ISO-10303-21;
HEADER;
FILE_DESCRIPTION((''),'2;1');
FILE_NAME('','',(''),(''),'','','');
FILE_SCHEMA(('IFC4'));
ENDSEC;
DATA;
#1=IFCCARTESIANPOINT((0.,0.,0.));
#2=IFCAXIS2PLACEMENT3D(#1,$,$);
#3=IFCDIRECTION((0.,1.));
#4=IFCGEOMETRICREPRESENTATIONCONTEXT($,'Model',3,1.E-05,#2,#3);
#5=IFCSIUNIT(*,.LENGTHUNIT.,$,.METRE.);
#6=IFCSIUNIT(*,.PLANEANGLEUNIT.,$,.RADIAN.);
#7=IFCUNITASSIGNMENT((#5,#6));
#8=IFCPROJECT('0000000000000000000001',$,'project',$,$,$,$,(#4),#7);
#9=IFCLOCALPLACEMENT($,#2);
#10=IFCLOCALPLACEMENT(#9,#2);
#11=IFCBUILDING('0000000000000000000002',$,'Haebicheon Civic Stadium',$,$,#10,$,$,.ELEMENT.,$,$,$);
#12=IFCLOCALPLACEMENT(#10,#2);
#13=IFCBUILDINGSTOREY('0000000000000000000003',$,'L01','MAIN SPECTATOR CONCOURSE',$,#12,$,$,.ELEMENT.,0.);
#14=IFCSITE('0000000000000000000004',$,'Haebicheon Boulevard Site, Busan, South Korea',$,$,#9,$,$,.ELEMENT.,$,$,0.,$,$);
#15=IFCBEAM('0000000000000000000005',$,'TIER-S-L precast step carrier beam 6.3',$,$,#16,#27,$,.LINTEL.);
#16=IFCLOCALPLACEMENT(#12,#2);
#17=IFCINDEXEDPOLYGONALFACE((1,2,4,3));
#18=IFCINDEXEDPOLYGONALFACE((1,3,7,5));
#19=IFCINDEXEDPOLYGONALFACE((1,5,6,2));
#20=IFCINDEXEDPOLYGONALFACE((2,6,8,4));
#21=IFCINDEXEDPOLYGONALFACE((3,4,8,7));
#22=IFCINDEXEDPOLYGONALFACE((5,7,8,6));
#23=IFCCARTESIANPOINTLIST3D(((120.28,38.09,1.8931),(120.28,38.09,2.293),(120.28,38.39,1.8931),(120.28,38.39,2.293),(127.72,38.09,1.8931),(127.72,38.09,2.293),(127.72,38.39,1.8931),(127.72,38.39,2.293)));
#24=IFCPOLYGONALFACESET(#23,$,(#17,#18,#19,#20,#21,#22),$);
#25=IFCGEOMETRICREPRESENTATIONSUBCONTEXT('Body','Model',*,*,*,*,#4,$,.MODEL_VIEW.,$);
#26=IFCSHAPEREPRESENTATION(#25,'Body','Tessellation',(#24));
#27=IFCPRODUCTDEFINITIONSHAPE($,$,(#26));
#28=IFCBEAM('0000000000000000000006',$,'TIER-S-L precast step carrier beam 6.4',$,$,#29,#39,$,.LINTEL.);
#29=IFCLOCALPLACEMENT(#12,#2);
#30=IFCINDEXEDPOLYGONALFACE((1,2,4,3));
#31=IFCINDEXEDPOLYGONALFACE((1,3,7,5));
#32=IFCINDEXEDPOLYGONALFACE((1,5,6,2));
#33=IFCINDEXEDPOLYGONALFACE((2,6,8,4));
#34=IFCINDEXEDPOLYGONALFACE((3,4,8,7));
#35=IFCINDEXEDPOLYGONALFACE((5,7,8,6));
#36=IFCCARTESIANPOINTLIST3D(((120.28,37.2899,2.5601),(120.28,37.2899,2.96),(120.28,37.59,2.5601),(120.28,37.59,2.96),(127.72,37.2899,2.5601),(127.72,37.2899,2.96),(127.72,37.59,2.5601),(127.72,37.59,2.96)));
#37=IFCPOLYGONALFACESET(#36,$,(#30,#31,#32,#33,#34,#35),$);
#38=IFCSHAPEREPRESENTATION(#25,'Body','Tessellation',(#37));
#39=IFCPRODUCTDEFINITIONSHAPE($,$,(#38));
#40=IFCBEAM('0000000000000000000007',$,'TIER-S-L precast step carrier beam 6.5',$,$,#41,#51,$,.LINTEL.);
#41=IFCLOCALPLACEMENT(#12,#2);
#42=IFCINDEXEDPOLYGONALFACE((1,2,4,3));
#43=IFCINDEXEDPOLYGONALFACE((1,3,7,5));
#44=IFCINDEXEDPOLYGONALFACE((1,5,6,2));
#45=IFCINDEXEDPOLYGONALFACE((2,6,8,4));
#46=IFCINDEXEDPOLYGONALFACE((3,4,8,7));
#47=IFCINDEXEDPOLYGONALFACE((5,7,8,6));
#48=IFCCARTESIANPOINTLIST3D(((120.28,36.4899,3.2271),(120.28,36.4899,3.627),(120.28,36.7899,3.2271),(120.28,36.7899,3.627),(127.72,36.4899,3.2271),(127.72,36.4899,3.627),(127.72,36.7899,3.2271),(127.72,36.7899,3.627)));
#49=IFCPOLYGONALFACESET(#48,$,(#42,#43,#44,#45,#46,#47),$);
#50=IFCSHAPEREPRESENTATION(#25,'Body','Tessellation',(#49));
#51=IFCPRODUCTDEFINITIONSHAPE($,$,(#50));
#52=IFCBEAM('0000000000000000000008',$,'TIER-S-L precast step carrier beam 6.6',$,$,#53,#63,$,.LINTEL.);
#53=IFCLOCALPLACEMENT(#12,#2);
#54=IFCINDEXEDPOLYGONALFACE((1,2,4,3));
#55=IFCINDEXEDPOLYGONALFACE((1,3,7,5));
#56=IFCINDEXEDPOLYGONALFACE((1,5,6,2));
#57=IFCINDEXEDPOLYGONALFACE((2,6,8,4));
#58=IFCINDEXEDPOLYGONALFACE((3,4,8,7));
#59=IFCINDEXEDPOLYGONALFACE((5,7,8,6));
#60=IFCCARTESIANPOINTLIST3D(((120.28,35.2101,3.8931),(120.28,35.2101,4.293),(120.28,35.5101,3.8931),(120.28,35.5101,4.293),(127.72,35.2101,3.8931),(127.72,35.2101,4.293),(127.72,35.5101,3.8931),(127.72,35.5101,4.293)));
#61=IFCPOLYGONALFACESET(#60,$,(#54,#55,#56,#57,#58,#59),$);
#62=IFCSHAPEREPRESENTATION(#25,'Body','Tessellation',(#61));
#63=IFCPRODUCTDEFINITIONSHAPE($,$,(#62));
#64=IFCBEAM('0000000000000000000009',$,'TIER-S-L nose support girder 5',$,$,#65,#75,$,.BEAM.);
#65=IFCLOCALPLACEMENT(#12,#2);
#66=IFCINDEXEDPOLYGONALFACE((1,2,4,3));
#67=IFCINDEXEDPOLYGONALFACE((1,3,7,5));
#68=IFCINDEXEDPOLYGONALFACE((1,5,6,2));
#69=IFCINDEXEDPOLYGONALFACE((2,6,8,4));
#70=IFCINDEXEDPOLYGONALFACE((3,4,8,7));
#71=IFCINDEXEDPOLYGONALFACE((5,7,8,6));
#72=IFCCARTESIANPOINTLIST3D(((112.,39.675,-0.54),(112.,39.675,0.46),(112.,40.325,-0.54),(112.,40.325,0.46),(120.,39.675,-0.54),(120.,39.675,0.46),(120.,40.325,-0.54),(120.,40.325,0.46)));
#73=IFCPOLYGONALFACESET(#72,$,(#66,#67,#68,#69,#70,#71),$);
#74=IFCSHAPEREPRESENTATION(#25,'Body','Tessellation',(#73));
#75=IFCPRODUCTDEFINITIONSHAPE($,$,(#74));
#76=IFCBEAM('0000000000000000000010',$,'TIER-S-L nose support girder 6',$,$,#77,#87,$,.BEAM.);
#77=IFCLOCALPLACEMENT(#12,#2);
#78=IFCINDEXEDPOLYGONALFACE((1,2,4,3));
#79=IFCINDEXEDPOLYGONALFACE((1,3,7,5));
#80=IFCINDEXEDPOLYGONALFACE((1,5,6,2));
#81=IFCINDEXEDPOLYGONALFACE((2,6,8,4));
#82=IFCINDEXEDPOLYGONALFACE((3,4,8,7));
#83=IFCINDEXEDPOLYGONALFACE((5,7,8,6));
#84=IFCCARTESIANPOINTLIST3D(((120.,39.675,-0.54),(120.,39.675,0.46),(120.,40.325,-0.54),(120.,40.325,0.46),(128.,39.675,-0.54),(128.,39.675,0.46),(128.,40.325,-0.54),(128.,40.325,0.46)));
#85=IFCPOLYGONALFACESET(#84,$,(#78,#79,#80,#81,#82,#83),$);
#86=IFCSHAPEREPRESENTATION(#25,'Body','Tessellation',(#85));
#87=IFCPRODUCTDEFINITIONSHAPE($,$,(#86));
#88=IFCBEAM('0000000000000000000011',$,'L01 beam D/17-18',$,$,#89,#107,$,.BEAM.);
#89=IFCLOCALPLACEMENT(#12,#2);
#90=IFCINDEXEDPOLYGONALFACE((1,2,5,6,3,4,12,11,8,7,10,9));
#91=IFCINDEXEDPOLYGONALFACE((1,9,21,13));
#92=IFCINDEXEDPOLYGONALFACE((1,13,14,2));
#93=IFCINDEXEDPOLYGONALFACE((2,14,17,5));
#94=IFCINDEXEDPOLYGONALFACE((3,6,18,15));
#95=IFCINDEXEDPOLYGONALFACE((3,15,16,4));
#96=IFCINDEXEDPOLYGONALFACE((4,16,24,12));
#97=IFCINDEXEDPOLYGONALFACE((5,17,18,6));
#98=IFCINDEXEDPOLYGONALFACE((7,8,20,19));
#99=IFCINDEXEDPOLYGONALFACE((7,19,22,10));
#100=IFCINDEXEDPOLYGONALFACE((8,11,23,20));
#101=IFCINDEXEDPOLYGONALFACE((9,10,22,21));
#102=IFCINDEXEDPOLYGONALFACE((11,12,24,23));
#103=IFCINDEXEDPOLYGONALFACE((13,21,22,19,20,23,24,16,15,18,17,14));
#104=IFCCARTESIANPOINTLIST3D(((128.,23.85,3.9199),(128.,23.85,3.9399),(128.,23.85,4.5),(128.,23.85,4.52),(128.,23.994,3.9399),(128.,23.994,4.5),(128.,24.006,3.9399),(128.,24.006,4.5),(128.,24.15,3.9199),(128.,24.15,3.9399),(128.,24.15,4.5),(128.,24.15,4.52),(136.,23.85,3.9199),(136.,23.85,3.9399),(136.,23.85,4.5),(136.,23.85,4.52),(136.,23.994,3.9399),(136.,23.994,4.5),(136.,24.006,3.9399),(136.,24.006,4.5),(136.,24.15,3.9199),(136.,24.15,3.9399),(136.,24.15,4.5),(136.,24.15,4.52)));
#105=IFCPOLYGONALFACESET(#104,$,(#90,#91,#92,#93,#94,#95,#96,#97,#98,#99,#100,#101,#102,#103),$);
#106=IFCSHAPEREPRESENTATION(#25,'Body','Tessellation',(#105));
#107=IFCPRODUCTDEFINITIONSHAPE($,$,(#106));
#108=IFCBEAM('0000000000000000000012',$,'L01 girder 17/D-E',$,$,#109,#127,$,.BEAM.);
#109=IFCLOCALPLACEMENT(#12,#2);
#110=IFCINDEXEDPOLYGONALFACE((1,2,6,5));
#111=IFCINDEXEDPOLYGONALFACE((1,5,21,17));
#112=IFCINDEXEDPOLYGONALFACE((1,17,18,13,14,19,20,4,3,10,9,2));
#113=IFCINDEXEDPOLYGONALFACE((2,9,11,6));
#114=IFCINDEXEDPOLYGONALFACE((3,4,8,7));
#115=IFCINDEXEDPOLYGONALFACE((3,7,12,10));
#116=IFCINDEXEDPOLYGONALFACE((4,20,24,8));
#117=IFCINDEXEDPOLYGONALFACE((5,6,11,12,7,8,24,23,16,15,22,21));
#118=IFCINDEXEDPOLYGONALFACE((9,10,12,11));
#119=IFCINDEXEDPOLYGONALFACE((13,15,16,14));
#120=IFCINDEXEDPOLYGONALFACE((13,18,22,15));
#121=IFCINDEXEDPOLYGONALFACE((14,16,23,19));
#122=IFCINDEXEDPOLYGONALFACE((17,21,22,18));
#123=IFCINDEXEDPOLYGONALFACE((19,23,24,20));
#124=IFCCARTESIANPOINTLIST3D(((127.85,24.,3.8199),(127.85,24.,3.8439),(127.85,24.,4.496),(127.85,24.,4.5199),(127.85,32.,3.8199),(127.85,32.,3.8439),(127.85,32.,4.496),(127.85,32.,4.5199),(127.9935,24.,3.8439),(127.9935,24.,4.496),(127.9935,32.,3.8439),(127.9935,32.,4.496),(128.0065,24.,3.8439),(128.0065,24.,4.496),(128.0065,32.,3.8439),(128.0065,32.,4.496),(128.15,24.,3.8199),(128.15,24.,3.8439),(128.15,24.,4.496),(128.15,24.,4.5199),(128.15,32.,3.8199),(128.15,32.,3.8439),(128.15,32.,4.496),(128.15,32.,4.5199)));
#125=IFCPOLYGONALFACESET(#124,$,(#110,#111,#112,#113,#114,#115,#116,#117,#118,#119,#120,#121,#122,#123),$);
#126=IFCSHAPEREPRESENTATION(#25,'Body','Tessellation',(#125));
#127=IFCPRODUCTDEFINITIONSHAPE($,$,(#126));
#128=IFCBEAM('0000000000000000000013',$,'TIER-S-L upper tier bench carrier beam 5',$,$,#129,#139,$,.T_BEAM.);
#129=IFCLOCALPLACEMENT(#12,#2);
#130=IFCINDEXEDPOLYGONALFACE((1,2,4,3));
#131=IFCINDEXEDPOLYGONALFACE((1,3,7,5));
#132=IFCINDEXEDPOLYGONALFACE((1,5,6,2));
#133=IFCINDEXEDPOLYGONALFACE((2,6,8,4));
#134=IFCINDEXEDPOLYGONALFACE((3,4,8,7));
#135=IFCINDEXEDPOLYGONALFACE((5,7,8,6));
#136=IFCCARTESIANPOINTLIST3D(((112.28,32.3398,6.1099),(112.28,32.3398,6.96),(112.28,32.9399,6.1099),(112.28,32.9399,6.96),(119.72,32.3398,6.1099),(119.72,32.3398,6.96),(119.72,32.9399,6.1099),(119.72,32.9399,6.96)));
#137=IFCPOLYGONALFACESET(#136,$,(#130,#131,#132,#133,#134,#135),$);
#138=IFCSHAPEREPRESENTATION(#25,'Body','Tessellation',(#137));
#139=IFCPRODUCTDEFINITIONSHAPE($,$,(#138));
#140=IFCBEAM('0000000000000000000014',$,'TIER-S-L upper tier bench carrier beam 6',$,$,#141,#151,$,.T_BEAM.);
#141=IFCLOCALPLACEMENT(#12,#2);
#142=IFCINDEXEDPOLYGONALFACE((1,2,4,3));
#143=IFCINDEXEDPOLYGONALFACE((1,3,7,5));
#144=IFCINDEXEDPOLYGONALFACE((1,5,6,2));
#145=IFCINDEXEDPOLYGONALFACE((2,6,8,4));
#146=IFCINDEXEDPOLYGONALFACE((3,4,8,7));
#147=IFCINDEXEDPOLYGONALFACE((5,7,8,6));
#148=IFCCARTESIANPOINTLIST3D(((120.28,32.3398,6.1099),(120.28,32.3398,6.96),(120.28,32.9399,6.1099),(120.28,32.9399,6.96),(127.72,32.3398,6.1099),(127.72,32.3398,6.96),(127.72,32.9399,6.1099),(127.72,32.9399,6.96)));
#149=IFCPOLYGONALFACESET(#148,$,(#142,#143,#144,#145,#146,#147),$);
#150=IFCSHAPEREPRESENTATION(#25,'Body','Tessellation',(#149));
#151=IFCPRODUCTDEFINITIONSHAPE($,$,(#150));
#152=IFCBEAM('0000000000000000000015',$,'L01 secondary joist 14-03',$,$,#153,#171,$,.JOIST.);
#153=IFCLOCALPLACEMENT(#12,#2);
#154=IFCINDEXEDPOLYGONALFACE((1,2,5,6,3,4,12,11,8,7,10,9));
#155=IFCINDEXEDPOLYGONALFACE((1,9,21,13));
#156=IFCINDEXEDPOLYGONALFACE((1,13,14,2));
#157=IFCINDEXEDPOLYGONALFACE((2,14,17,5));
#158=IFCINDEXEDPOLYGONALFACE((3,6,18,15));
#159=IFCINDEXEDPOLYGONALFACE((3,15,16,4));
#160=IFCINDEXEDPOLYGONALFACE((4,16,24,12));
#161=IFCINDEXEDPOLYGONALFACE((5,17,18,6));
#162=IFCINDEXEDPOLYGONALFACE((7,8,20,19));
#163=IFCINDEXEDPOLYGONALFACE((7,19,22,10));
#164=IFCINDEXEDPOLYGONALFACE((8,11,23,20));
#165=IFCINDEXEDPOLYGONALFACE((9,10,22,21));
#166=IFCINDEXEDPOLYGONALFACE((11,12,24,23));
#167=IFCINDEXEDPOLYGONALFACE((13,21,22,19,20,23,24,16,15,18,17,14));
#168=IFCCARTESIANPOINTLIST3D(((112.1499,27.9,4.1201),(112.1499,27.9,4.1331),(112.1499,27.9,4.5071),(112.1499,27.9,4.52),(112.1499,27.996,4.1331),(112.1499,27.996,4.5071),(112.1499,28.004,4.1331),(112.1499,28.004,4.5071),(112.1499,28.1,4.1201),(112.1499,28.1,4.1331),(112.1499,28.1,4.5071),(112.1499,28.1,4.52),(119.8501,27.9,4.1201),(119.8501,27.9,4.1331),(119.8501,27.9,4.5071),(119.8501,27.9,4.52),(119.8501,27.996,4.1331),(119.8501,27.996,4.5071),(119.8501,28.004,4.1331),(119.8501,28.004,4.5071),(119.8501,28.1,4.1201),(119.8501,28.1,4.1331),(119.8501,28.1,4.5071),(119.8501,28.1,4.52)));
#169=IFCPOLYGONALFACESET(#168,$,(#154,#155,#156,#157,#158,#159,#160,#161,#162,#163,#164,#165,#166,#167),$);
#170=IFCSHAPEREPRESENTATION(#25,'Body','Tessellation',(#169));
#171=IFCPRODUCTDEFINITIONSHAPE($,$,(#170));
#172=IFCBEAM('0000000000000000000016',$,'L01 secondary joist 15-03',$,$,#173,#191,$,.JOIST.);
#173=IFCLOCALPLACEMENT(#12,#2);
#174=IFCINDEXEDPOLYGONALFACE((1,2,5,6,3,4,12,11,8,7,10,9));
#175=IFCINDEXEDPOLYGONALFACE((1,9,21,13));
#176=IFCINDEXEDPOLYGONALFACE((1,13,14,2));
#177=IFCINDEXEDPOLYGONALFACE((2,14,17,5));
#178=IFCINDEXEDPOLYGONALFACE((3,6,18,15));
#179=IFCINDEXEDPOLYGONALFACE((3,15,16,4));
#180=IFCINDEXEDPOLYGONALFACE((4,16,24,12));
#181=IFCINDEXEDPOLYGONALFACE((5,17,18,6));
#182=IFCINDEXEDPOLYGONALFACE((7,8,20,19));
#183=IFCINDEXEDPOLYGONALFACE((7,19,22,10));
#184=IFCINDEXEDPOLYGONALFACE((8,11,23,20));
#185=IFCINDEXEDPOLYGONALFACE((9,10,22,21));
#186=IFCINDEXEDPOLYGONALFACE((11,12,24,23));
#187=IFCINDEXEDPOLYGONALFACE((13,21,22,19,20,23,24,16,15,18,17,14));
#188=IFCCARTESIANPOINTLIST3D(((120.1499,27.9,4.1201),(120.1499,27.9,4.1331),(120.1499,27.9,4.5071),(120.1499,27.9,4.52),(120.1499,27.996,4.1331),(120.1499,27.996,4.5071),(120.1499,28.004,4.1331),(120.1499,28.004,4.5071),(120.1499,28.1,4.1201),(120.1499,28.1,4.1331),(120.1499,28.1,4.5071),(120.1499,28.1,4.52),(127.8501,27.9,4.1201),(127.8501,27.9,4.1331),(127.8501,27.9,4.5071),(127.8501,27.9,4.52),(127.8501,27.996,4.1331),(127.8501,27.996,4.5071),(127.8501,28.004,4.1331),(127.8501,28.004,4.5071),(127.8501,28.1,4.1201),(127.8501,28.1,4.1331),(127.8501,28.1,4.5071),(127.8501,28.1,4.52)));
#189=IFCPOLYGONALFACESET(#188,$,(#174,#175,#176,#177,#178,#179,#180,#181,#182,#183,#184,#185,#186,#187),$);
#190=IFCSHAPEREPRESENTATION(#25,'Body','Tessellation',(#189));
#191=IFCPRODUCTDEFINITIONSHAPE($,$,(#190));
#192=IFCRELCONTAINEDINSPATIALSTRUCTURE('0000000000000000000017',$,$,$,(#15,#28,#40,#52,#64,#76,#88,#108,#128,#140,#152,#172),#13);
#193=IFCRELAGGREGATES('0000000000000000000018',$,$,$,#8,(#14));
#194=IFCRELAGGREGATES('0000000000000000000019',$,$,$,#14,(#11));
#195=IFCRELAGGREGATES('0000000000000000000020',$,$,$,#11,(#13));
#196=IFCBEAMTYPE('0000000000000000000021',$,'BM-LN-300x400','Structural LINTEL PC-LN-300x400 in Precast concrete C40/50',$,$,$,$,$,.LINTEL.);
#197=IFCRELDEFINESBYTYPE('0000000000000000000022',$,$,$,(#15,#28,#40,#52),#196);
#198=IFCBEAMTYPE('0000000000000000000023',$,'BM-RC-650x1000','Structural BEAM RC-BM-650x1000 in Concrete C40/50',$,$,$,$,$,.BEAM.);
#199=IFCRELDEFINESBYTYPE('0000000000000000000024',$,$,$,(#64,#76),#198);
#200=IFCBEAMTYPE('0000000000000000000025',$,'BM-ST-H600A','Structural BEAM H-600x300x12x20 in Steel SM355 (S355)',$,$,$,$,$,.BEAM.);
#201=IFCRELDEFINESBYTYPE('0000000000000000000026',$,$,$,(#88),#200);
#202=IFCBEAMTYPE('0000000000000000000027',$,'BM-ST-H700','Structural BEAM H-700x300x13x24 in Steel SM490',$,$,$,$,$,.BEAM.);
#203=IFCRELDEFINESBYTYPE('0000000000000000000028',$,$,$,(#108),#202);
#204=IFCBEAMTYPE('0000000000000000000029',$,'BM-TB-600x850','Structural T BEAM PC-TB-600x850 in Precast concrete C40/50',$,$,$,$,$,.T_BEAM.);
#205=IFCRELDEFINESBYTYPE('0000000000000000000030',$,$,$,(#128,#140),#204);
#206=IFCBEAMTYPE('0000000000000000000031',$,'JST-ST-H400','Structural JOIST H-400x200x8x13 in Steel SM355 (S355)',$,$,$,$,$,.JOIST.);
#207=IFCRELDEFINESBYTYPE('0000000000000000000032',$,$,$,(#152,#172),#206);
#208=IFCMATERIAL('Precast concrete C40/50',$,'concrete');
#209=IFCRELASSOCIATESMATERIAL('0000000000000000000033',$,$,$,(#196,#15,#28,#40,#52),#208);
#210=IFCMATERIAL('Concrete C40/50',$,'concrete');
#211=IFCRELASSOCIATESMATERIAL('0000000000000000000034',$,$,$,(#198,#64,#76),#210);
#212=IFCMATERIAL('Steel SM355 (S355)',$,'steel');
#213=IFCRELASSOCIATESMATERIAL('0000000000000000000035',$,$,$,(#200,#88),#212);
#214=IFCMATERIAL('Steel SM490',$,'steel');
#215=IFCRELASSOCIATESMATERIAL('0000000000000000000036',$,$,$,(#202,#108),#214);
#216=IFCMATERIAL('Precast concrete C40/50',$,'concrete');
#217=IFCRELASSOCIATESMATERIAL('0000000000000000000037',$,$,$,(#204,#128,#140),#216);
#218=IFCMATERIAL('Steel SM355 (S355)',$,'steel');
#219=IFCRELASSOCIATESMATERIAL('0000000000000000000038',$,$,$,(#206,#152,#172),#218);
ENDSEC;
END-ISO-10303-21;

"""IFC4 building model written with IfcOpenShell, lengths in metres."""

from ifc_helpers import new_model, si_unit, direction, frame, origin, origin_2d, place, context, subcontext, project, spatial, rectangle, i_section, extrude, material, material_profile, profile_set, type_object, element, save


model = new_model("IFC4")

# Units and contexts
model_context = context("Model", 3, precision=1e-05, world=origin(), true_north=direction((0.0, 1.0)))
body_context = subcontext(model_context, "Body", "Model", "MODEL_VIEW")
ifc_project = project(units=[si_unit("LENGTHUNIT", "METRE"), si_unit("PLANEANGLEUNIT", "RADIAN")], contexts=[model_context])

# Site, building, storey
site_placement = place(None, origin())
site = spatial("IfcSite", under=ifc_project, at=site_placement, Name="Haebicheon Boulevard Site, Busan, South Korea", CompositionType="ELEMENT", RefElevation=0.0)
building_placement = place(site_placement, origin())
building = spatial("IfcBuilding", under=site, at=building_placement, Name="Haebicheon Civic Stadium", CompositionType="ELEMENT")
storey_placement = place(building_placement, origin())
storey = spatial("IfcBuildingStorey", under=building, at=storey_placement, Name="L01", Description="MAIN SPECTATOR CONCOURSE", CompositionType="ELEMENT", Elevation=0.0)

# Beams
ifc_material_1 = material(Name="Precast concrete C40/50", Category="concrete")
ifc_material_profile_1 = material_profile(ifc_material_1, rectangle(XDim=0.3, YDim=0.3999, at=origin_2d()), Name="PC-LN-300x400")
ifc_profile_set_1 = profile_set([ifc_material_profile_1], Name="Precast concrete C40/50")
beam_type_1 = type_object("IfcBeamType", Name="BM-LN-300x400", Description="Structural LINTEL PC-LN-300x400 in Precast concrete C40/50", PredefinedType="LINTEL", material=ifc_profile_set_1)
for number, where, z_axis, x_axis, name in (
    (1, (120.28, 38.24, 2.093), (1.0, 0.0, 0.0), (0.0, 1.0, 0.0), "TIER-S-L precast step carrier beam 6.3"),
    (2, (120.28, 37.4399, 2.76), (1.0, 0.0, 0.0), (0.0, 1.0, 0.0), "TIER-S-L precast step carrier beam 6.4"),
    (3, (120.28, 36.6399, 3.427), (1.0, 0.0, 0.0), (0.0, 1.0, 0.0), "TIER-S-L precast step carrier beam 6.5"),
    (4, (120.28, 35.3601, 4.093), (1.0, 0.0, 0.0), (0.0, 1.0, 0.0), "TIER-S-L precast step carrier beam 6.6"),
):
    element("IfcBeam", number, at=place(storey_placement, frame(where, z_axis=z_axis, x_axis=x_axis)), inside=storey, type_object=beam_type_1, material=ifc_profile_set_1, Name=name, PredefinedType="LINTEL", context=body_context, shape_type="SweptSolid", body=[
        extrude(rectangle(XDim=0.3, YDim=0.3999, at=origin_2d()), origin(), (0.0, 0.0, 1.0), 7.4399),
    ])
ifc_material_2 = material(Name="Concrete C40/50", Category="concrete")
ifc_material_profile_2 = material_profile(ifc_material_2, rectangle(XDim=0.6499, YDim=1.0, at=origin_2d()), Name="RC-BM-650x1000")
ifc_profile_set_2 = profile_set([ifc_material_profile_2], Name="Concrete C40/50")
beam_type_2 = type_object("IfcBeamType", Name="BM-RC-650x1000", Description="Structural BEAM RC-BM-650x1000 in Concrete C40/50", PredefinedType="BEAM", material=ifc_profile_set_2)
for number, where, z_axis, x_axis, name in (
    (5, (112.0, 40.0, -0.04), (1.0, 0.0, 0.0), (0.0, 1.0, 0.0), "TIER-S-L nose support girder 5"),
    (6, (120.0, 40.0, -0.04), (1.0, 0.0, 0.0), (0.0, 1.0, 0.0), "TIER-S-L nose support girder 6"),
):
    element("IfcBeam", number, at=place(storey_placement, frame(where, z_axis=z_axis, x_axis=x_axis)), inside=storey, type_object=beam_type_2, material=ifc_profile_set_2, Name=name, PredefinedType="BEAM", context=body_context, shape_type="SweptSolid", body=[
        extrude(rectangle(XDim=0.6499, YDim=1.0, at=origin_2d()), origin(), (0.0, 0.0, 1.0), 8.0),
    ])
ifc_material_3 = material(Name="Steel SM355 (S355)", Category="steel")
ifc_material_profile_3 = material_profile(ifc_material_3, i_section(OverallWidth=0.3, OverallDepth=0.6001, WebThickness=0.012, FlangeThickness=0.02, at=origin_2d()), Name="H-600x300x12x20")
ifc_profile_set_3 = profile_set([ifc_material_profile_3], Name="Steel SM355 (S355)")
beam_type_3 = type_object("IfcBeamType", Name="BM-ST-H600A", Description="Structural BEAM H-600x300x12x20 in Steel SM355 (S355)", PredefinedType="BEAM", material=ifc_profile_set_3)
beam_1_placement = place(storey_placement, frame((128.0, 24.0, 4.22), z_axis=(1.0, 0.0, 0.0), x_axis=(0.0, 1.0, 0.0)))
element("IfcBeam", 7, at=beam_1_placement, inside=storey, type_object=beam_type_3, material=ifc_profile_set_3, Name="L01 beam D/17-18", PredefinedType="BEAM", context=body_context, shape_type="SweptSolid", body=[
    extrude(i_section(OverallWidth=0.3, OverallDepth=0.6001, WebThickness=0.012, FlangeThickness=0.02, at=origin_2d()), origin(), (0.0, 0.0, 1.0), 8.0),
])
ifc_material_4 = material(Name="Steel SM490", Category="steel")
ifc_material_profile_4 = material_profile(ifc_material_4, i_section(OverallWidth=0.3, OverallDepth=0.7, WebThickness=0.0129, FlangeThickness=0.0239, at=origin_2d()), Name="H-700x300x13x24")
ifc_profile_set_4 = profile_set([ifc_material_profile_4], Name="Steel SM490")
beam_type_4 = type_object("IfcBeamType", Name="BM-ST-H700", Description="Structural BEAM H-700x300x13x24 in Steel SM490", PredefinedType="BEAM", material=ifc_profile_set_4)
beam_2_placement = place(storey_placement, frame((128.0, 24.0, 4.1699), z_axis=(0.0, 1.0, 0.0), x_axis=(-1.0, 0.0, 0.0)))
element("IfcBeam", 8, at=beam_2_placement, inside=storey, type_object=beam_type_4, material=ifc_profile_set_4, Name="L01 girder 17/D-E", PredefinedType="BEAM", context=body_context, shape_type="SweptSolid", body=[
    extrude(i_section(OverallWidth=0.3, OverallDepth=0.7, WebThickness=0.0129, FlangeThickness=0.0239, at=origin_2d()), origin(), (0.0, 0.0, 1.0), 8.0),
])
ifc_material_5 = material(Name="Precast concrete C40/50", Category="concrete")
ifc_material_profile_5 = material_profile(ifc_material_5, rectangle(XDim=0.6001, YDim=0.8501, at=origin_2d()), Name="PC-TB-600x850")
ifc_profile_set_5 = profile_set([ifc_material_profile_5], Name="Precast concrete C40/50")
beam_type_5 = type_object("IfcBeamType", Name="BM-TB-600x850", Description="Structural T BEAM PC-TB-600x850 in Precast concrete C40/50", PredefinedType="T_BEAM", material=ifc_profile_set_5)
for number, where, z_axis, x_axis, name in (
    (9, (112.28, 32.6399, 6.5349), (1.0, 0.0, 0.0), (0.0, 1.0, 0.0), "TIER-S-L upper tier bench carrier beam 5"),
    (10, (120.28, 32.6399, 6.5349), (1.0, 0.0, 0.0), (0.0, 1.0, 0.0), "TIER-S-L upper tier bench carrier beam 6"),
):
    element("IfcBeam", number, at=place(storey_placement, frame(where, z_axis=z_axis, x_axis=x_axis)), inside=storey, type_object=beam_type_5, material=ifc_profile_set_5, Name=name, PredefinedType="T_BEAM", context=body_context, shape_type="SweptSolid", body=[
        extrude(rectangle(XDim=0.6001, YDim=0.8501, at=origin_2d()), origin(), (0.0, 0.0, 1.0), 7.4399),
    ])
ifc_material_6 = material(Name="Steel SM355 (S355)", Category="steel")
ifc_material_profile_6 = material_profile(ifc_material_6, i_section(OverallWidth=0.2, OverallDepth=0.3999, WebThickness=0.0081, FlangeThickness=0.0129, at=origin_2d()), Name="H-400x200x8x13")
ifc_profile_set_6 = profile_set([ifc_material_profile_6], Name="Steel SM355 (S355)")
beam_type_6 = type_object("IfcBeamType", Name="JST-ST-H400", Description="Structural JOIST H-400x200x8x13 in Steel SM355 (S355)", PredefinedType="JOIST", material=ifc_profile_set_6)
for number, where, z_axis, x_axis, name in (
    (11, (112.1499, 28.0, 4.3201), (1.0, 0.0, 0.0), (0.0, 1.0, 0.0), "L01 secondary joist 14-03"),
    (12, (120.1499, 28.0, 4.3201), (1.0, 0.0, 0.0), (0.0, 1.0, 0.0), "L01 secondary joist 15-03"),
):
    element("IfcBeam", number, at=place(storey_placement, frame(where, z_axis=z_axis, x_axis=x_axis)), inside=storey, type_object=beam_type_6, material=ifc_profile_set_6, Name=name, PredefinedType="JOIST", context=body_context, shape_type="SweptSolid", body=[
        extrude(i_section(OverallWidth=0.2, OverallDepth=0.3999, WebThickness=0.0081, FlangeThickness=0.0129, at=origin_2d()), origin(), (0.0, 0.0, 1.0), 7.7002),
    ])

save(model, "model.ifc")
